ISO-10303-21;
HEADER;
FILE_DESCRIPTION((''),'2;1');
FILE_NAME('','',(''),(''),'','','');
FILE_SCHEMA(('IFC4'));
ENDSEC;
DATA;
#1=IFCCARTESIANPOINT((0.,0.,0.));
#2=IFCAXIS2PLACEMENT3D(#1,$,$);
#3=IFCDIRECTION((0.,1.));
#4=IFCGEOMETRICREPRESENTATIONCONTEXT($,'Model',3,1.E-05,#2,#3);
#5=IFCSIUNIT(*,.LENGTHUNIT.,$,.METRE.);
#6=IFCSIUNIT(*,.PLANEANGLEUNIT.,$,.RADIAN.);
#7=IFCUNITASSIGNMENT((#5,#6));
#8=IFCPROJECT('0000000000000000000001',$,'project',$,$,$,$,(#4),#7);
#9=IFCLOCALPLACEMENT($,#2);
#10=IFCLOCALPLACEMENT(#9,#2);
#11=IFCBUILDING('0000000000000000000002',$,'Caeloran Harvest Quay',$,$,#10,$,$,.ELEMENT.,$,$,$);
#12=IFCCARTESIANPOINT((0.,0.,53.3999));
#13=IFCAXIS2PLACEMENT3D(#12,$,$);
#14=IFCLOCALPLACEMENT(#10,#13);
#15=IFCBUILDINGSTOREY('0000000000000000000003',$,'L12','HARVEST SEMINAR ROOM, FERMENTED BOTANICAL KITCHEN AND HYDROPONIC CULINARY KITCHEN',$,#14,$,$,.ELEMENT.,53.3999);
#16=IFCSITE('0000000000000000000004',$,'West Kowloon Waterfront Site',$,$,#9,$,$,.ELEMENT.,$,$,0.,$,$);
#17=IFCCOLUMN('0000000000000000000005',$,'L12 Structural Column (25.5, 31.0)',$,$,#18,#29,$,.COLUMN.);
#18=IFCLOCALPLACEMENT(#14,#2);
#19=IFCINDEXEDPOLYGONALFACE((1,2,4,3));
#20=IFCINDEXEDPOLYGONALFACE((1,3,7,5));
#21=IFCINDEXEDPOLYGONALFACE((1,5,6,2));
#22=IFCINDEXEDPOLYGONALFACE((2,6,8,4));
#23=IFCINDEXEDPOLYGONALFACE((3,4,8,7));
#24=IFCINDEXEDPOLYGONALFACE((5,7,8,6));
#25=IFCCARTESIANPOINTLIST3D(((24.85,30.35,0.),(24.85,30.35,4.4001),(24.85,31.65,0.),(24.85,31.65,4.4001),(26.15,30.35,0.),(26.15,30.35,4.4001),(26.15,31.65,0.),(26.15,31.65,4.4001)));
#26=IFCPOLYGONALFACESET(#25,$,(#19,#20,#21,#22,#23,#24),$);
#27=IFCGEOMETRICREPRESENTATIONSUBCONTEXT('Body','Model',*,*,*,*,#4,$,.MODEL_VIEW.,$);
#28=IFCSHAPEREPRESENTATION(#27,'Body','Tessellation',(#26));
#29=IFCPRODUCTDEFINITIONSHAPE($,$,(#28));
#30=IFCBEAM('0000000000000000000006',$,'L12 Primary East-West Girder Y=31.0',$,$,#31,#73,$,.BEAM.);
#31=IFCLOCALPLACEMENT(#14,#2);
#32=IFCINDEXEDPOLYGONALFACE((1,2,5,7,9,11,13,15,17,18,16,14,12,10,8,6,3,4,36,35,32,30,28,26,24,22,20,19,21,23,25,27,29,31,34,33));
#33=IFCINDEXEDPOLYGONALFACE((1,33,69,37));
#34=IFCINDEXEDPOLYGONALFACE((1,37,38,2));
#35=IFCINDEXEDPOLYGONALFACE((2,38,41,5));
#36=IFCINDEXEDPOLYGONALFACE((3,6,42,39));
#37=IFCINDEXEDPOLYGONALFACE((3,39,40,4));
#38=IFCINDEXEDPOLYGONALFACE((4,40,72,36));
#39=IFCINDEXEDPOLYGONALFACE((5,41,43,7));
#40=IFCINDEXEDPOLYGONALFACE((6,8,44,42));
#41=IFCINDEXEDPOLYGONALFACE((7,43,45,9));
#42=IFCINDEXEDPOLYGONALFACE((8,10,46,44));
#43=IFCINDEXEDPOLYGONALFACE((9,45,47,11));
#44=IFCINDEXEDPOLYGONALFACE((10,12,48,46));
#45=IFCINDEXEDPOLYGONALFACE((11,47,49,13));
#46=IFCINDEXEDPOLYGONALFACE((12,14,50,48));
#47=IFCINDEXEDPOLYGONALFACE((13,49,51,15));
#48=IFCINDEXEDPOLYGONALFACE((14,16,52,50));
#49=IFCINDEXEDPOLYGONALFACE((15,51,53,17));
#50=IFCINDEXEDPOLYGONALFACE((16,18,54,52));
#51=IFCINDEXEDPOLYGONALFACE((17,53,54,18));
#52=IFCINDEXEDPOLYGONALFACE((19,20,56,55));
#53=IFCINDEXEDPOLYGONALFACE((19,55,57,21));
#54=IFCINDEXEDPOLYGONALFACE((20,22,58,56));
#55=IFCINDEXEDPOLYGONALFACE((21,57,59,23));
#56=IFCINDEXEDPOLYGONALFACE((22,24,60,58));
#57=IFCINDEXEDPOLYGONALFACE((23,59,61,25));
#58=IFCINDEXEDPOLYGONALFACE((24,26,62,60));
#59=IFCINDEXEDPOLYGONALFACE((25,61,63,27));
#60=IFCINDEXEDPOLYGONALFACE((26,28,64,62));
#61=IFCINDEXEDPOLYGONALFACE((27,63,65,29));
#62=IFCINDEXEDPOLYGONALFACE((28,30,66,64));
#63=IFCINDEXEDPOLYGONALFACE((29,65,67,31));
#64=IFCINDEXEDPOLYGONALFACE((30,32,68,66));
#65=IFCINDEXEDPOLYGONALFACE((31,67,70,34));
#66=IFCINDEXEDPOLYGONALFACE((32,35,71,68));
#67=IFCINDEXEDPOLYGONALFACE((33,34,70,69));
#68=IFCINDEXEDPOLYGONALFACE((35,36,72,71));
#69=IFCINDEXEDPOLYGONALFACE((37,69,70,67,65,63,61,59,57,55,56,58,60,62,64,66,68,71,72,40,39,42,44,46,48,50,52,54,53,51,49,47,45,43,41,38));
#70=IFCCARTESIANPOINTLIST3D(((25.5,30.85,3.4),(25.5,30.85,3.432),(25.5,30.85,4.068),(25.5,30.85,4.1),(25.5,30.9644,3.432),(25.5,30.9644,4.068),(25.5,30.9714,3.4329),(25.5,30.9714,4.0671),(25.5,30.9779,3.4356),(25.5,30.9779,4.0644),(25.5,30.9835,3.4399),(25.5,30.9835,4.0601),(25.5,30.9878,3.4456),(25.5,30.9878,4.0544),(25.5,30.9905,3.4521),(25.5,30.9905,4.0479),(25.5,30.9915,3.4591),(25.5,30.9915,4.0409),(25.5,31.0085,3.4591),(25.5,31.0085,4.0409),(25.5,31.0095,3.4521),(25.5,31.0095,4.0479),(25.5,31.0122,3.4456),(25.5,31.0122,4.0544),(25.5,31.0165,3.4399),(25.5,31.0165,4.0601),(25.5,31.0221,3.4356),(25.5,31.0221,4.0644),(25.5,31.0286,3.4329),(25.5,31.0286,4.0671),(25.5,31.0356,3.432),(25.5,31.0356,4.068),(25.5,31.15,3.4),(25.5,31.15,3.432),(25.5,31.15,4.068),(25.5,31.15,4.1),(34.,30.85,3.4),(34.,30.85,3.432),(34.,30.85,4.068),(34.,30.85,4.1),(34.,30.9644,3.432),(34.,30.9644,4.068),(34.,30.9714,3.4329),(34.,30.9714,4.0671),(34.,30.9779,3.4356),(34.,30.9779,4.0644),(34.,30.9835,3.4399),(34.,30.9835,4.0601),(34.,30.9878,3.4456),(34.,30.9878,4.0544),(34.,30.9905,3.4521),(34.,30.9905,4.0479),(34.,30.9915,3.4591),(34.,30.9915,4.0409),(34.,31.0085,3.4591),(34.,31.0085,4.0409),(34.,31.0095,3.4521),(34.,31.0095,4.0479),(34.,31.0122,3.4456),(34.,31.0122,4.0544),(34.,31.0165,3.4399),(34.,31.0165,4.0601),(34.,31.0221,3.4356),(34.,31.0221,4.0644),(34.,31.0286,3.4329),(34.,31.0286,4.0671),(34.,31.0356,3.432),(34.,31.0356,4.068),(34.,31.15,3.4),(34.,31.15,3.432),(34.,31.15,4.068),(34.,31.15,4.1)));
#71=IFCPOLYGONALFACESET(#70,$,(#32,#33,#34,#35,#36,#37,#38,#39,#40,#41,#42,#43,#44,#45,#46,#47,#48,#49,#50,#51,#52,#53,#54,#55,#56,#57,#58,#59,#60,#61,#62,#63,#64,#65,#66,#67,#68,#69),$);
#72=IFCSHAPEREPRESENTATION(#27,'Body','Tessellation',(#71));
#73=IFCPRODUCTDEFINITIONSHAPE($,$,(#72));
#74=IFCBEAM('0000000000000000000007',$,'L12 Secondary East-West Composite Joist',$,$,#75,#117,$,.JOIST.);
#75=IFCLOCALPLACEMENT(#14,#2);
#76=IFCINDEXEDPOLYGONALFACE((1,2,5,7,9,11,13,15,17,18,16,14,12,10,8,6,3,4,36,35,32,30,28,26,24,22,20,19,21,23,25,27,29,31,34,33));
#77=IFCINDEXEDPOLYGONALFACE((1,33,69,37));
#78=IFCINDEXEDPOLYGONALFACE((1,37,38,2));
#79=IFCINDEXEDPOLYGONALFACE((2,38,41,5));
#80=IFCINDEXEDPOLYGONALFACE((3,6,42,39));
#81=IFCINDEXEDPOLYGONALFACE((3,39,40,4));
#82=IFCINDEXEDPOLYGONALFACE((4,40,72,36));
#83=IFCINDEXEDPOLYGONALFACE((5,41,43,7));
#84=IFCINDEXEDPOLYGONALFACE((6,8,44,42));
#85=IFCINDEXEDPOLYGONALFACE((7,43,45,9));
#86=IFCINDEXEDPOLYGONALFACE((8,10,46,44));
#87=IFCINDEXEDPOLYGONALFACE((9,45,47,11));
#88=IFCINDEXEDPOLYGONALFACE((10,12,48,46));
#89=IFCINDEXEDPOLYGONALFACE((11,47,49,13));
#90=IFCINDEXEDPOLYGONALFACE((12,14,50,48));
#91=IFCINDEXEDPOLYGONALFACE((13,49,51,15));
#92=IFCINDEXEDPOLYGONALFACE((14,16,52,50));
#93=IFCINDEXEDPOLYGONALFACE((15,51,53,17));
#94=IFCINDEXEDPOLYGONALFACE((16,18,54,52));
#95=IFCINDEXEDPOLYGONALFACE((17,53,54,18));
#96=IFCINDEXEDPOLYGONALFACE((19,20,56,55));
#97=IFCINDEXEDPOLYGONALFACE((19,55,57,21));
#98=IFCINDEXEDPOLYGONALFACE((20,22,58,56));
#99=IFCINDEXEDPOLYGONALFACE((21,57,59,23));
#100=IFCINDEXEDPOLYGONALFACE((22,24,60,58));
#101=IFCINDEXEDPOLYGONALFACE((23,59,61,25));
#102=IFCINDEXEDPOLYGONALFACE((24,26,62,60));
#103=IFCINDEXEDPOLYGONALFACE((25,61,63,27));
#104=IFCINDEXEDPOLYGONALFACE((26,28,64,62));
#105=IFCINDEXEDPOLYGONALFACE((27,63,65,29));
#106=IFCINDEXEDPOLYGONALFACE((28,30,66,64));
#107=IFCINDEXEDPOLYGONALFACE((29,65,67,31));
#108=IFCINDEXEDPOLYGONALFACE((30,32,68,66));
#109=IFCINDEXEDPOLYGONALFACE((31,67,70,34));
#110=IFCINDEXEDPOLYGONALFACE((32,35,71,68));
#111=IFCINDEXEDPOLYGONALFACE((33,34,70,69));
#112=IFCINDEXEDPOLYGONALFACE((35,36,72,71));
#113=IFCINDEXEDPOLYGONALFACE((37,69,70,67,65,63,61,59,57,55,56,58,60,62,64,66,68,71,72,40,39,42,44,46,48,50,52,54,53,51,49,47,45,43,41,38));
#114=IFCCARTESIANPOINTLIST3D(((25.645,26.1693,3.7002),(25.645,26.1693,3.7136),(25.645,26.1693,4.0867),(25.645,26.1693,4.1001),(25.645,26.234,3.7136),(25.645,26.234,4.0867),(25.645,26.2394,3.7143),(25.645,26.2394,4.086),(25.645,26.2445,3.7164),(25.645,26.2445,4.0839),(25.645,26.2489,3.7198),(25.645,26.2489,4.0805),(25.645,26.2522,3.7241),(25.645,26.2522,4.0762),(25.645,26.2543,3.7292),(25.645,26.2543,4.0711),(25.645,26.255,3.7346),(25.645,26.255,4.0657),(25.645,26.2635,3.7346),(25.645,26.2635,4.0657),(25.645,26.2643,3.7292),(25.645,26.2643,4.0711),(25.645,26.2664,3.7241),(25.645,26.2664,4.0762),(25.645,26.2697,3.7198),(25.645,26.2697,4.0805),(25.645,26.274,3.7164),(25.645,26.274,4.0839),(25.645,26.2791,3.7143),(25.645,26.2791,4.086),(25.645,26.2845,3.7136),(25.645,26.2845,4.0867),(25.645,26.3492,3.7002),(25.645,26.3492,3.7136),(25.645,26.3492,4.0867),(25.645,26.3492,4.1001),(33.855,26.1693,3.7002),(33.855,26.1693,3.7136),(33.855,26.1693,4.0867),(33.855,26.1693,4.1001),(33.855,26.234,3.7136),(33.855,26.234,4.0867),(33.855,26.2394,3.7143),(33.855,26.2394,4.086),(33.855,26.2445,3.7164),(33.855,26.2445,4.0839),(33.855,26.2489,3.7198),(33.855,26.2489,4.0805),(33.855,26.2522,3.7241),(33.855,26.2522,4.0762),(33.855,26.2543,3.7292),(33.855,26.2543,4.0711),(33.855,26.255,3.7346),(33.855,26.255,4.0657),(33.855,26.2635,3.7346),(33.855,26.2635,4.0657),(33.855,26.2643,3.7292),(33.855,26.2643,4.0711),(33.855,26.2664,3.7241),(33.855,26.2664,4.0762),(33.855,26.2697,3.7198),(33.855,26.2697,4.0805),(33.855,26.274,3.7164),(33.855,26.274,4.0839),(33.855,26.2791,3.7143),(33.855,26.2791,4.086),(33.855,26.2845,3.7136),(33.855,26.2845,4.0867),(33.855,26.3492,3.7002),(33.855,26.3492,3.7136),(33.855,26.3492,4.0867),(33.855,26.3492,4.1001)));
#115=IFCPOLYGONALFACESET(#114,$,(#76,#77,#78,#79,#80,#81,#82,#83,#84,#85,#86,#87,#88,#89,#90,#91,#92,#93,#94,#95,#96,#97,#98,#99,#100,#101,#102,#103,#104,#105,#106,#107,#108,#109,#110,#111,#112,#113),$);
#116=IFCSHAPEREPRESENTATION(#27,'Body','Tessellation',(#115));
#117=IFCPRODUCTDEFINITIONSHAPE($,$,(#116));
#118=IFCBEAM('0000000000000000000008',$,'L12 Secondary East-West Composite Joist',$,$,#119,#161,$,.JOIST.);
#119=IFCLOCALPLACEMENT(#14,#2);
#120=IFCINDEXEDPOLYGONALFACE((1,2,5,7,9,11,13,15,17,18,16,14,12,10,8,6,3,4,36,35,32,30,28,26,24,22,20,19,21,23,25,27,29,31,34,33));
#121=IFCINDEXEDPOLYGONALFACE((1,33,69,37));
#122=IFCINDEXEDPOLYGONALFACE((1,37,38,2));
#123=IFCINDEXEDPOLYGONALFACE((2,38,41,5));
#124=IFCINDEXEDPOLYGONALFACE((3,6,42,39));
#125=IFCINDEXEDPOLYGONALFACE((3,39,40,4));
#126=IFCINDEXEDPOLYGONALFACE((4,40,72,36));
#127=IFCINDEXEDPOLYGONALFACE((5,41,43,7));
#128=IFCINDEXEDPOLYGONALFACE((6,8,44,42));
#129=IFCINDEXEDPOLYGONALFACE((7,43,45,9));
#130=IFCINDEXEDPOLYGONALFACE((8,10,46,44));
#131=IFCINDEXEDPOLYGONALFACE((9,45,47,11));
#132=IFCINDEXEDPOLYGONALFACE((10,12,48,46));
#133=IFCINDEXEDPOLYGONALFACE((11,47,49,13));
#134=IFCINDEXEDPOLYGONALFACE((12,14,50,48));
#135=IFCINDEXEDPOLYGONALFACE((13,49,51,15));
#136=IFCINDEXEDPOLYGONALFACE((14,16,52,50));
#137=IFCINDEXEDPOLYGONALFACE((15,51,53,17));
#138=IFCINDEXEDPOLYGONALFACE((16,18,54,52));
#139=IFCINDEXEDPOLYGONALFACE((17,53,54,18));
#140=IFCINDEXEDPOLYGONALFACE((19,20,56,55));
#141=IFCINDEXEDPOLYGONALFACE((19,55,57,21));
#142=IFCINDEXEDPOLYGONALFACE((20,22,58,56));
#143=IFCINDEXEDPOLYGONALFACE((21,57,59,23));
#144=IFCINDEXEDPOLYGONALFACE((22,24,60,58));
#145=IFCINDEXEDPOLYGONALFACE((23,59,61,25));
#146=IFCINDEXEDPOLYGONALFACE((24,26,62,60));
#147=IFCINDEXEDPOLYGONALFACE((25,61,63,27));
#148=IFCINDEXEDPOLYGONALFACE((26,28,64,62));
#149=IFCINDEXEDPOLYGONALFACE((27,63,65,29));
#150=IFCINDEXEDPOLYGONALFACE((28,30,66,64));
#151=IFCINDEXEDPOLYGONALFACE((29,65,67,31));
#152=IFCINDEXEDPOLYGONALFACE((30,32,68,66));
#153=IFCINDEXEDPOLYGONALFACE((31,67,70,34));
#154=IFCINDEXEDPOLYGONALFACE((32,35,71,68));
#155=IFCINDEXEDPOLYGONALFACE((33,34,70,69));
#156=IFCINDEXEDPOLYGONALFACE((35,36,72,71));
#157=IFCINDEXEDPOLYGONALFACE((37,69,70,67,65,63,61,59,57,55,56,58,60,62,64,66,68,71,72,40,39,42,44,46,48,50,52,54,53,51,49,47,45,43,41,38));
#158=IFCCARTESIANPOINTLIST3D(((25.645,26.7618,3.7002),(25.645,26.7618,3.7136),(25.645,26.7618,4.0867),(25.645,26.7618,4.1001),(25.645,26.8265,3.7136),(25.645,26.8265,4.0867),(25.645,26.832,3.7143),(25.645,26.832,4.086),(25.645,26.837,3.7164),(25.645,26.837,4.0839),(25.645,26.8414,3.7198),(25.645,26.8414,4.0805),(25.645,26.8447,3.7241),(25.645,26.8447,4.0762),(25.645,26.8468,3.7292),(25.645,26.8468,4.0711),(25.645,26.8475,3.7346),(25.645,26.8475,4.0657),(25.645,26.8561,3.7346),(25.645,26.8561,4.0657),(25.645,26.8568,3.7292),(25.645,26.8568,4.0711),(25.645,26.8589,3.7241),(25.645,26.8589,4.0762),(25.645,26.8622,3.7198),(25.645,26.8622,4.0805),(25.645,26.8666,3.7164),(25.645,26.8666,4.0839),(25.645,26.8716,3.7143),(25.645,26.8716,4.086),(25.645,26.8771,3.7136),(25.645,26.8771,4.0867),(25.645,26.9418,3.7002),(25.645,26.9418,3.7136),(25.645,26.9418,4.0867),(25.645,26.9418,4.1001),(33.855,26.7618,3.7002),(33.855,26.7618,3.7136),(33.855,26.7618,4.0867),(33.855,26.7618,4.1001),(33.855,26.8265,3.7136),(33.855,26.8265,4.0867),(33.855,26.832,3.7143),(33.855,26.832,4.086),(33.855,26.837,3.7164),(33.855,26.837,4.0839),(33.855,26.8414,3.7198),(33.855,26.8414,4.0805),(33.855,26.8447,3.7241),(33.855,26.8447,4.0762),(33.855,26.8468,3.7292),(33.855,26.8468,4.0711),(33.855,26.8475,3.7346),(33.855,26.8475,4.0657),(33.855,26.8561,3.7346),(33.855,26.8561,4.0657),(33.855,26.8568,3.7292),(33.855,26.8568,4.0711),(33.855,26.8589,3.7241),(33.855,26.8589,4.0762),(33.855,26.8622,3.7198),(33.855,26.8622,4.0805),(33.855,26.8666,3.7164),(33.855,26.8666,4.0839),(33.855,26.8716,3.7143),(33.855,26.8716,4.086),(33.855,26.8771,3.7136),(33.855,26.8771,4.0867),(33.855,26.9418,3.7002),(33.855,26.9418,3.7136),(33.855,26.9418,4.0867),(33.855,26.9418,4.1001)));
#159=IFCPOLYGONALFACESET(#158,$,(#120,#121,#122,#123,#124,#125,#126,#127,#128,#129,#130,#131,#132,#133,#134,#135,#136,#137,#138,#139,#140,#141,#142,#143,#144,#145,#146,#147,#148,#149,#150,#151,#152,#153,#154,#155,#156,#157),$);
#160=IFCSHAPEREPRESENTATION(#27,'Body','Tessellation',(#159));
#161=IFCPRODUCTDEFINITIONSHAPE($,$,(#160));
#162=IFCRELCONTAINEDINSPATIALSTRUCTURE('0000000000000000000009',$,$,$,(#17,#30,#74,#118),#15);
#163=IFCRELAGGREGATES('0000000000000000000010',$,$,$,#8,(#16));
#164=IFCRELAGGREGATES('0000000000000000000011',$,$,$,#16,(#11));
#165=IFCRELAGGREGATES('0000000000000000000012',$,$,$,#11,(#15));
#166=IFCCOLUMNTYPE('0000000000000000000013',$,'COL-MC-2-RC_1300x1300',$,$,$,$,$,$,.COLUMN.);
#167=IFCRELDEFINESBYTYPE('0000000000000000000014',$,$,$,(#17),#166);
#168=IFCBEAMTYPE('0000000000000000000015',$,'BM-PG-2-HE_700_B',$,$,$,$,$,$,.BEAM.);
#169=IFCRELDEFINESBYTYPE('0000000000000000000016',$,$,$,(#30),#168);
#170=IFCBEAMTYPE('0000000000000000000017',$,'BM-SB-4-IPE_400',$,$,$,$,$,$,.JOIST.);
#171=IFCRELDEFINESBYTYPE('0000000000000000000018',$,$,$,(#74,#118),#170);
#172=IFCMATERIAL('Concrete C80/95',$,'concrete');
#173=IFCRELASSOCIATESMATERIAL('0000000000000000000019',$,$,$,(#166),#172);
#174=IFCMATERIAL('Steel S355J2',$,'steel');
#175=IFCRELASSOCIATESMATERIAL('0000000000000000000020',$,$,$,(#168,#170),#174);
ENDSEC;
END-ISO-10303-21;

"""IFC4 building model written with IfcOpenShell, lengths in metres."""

from ifc_helpers import new_model, si_unit, direction, frame, origin, origin_2d, place, context, subcontext, project, spatial, rectangle, i_section, extrude, material, material_profile, profile_set, type_object, element, save


model = new_model("IFC4")

# Units and contexts
model_context = context("Model", 3, precision=1e-05, world=origin(), true_north=direction((0.0, 1.0)))
body_context = subcontext(model_context, "Body", "Model", "MODEL_VIEW")
ifc_project = project(units=[si_unit("LENGTHUNIT", "METRE"), si_unit("PLANEANGLEUNIT", "RADIAN")], contexts=[model_context])

# Site, building, storey
site_placement = place(None, origin())
site = spatial("IfcSite", under=ifc_project, at=site_placement, Name="West Kowloon Waterfront Site", CompositionType="ELEMENT", RefElevation=0.0)
building_placement = place(site_placement, origin())
building = spatial("IfcBuilding", under=site, at=building_placement, Name="Caeloran Harvest Quay", CompositionType="ELEMENT")
storey_placement = place(building_placement, frame((0.0, 0.0, 53.3999)))
storey = spatial("IfcBuildingStorey", under=building, at=storey_placement, Name="L12", Description="HARVEST SEMINAR ROOM, FERMENTED BOTANICAL KITCHEN AND HYDROPONIC CULINARY KITCHEN", CompositionType="ELEMENT", Elevation=53.3999)

# Column
ifc_material_1 = material(Name="Concrete C80/95", Category="concrete")
ifc_material_profile_1 = material_profile(ifc_material_1, rectangle(XDim=1.3, YDim=1.3, at=origin_2d()), Name="RC 1300x1300")
ifc_profile_set_1 = profile_set([ifc_material_profile_1], Name="Concrete C80/95")
column_type = type_object("IfcColumnType", Name="COL-MC-2-RC_1300x1300", PredefinedType="COLUMN", material=ifc_profile_set_1)
column_placement = place(storey_placement, frame((25.5, 31.0, 0.0), z_axis=(0.0, 0.0, 1.0), x_axis=(1.0, 0.0, 0.0)))
element("IfcColumn", 1, at=column_placement, inside=storey, type_object=column_type, Name="L12 Structural Column (25.5, 31.0)", PredefinedType="COLUMN", context=body_context, shape_type="SweptSolid", body=[
    extrude(rectangle(XDim=1.3, YDim=1.3, at=origin_2d()), origin(), (0.0, 0.0, 1.0), 4.4001),
])

# Beams
ifc_material_2 = material(Name="Steel S355J2", Category="steel")
ifc_material_profile_2 = material_profile(ifc_material_2, i_section(OverallWidth=0.3, OverallDepth=0.7, WebThickness=0.0171, FlangeThickness=0.032, FilletRadius=0.0271, at=origin_2d()), Name="HE 700 B")
ifc_profile_set_2 = profile_set([ifc_material_profile_2], Name="Steel S355J2")
beam_type_1 = type_object("IfcBeamType", Name="BM-PG-2-HE_700_B", PredefinedType="BEAM", material=ifc_profile_set_2)
beam_placement = place(storey_placement, frame((25.5, 31.0, 3.75), z_axis=(1.0, 0.0, 0.0), x_axis=(0.0, 1.0, 0.0)))
element("IfcBeam", 2, at=beam_placement, inside=storey, type_object=beam_type_1, Name="L12 Primary East-West Girder Y=31.0", PredefinedType="BEAM", context=body_context, shape_type="SweptSolid", body=[
    extrude(i_section(OverallWidth=0.3, OverallDepth=0.7, WebThickness=0.0171, FlangeThickness=0.032, FilletRadius=0.0271, at=origin_2d()), origin(), (0.0, 0.0, 1.0), 8.5),
])
ifc_material_profile_3 = material_profile(ifc_material_2, i_section(OverallWidth=0.1799, OverallDepth=0.3999, WebThickness=0.0085, FlangeThickness=0.0134, FilletRadius=0.021, at=origin_2d()), Name="IPE 400")
ifc_profile_set_3 = profile_set([ifc_material_profile_3], Name="Steel S355J2")
beam_type_2 = type_object("IfcBeamType", Name="BM-SB-4-IPE_400", PredefinedType="JOIST", material=ifc_profile_set_3)
for number, where, z_axis, x_axis, name in (
    (3, (25.645, 26.2593, 3.9001), (1.0, 0.0, 0.0), (0.0, 1.0, 0.0), "L12 Secondary East-West Composite Joist"),
    (4, (25.645, 26.8518, 3.9001), (1.0, 0.0, 0.0), (0.0, 1.0, 0.0), "L12 Secondary East-West Composite Joist"),
):
    element("IfcBeam", number, at=place(storey_placement, frame(where, z_axis=z_axis, x_axis=x_axis)), inside=storey, type_object=beam_type_2, Name=name, PredefinedType="JOIST", context=body_context, shape_type="SweptSolid", body=[
        extrude(i_section(OverallWidth=0.1799, OverallDepth=0.3999, WebThickness=0.0085, FlangeThickness=0.0134, FilletRadius=0.021, at=origin_2d()), origin(), (0.0, 0.0, 1.0), 8.21),
    ])

save(model, "model.ifc")
